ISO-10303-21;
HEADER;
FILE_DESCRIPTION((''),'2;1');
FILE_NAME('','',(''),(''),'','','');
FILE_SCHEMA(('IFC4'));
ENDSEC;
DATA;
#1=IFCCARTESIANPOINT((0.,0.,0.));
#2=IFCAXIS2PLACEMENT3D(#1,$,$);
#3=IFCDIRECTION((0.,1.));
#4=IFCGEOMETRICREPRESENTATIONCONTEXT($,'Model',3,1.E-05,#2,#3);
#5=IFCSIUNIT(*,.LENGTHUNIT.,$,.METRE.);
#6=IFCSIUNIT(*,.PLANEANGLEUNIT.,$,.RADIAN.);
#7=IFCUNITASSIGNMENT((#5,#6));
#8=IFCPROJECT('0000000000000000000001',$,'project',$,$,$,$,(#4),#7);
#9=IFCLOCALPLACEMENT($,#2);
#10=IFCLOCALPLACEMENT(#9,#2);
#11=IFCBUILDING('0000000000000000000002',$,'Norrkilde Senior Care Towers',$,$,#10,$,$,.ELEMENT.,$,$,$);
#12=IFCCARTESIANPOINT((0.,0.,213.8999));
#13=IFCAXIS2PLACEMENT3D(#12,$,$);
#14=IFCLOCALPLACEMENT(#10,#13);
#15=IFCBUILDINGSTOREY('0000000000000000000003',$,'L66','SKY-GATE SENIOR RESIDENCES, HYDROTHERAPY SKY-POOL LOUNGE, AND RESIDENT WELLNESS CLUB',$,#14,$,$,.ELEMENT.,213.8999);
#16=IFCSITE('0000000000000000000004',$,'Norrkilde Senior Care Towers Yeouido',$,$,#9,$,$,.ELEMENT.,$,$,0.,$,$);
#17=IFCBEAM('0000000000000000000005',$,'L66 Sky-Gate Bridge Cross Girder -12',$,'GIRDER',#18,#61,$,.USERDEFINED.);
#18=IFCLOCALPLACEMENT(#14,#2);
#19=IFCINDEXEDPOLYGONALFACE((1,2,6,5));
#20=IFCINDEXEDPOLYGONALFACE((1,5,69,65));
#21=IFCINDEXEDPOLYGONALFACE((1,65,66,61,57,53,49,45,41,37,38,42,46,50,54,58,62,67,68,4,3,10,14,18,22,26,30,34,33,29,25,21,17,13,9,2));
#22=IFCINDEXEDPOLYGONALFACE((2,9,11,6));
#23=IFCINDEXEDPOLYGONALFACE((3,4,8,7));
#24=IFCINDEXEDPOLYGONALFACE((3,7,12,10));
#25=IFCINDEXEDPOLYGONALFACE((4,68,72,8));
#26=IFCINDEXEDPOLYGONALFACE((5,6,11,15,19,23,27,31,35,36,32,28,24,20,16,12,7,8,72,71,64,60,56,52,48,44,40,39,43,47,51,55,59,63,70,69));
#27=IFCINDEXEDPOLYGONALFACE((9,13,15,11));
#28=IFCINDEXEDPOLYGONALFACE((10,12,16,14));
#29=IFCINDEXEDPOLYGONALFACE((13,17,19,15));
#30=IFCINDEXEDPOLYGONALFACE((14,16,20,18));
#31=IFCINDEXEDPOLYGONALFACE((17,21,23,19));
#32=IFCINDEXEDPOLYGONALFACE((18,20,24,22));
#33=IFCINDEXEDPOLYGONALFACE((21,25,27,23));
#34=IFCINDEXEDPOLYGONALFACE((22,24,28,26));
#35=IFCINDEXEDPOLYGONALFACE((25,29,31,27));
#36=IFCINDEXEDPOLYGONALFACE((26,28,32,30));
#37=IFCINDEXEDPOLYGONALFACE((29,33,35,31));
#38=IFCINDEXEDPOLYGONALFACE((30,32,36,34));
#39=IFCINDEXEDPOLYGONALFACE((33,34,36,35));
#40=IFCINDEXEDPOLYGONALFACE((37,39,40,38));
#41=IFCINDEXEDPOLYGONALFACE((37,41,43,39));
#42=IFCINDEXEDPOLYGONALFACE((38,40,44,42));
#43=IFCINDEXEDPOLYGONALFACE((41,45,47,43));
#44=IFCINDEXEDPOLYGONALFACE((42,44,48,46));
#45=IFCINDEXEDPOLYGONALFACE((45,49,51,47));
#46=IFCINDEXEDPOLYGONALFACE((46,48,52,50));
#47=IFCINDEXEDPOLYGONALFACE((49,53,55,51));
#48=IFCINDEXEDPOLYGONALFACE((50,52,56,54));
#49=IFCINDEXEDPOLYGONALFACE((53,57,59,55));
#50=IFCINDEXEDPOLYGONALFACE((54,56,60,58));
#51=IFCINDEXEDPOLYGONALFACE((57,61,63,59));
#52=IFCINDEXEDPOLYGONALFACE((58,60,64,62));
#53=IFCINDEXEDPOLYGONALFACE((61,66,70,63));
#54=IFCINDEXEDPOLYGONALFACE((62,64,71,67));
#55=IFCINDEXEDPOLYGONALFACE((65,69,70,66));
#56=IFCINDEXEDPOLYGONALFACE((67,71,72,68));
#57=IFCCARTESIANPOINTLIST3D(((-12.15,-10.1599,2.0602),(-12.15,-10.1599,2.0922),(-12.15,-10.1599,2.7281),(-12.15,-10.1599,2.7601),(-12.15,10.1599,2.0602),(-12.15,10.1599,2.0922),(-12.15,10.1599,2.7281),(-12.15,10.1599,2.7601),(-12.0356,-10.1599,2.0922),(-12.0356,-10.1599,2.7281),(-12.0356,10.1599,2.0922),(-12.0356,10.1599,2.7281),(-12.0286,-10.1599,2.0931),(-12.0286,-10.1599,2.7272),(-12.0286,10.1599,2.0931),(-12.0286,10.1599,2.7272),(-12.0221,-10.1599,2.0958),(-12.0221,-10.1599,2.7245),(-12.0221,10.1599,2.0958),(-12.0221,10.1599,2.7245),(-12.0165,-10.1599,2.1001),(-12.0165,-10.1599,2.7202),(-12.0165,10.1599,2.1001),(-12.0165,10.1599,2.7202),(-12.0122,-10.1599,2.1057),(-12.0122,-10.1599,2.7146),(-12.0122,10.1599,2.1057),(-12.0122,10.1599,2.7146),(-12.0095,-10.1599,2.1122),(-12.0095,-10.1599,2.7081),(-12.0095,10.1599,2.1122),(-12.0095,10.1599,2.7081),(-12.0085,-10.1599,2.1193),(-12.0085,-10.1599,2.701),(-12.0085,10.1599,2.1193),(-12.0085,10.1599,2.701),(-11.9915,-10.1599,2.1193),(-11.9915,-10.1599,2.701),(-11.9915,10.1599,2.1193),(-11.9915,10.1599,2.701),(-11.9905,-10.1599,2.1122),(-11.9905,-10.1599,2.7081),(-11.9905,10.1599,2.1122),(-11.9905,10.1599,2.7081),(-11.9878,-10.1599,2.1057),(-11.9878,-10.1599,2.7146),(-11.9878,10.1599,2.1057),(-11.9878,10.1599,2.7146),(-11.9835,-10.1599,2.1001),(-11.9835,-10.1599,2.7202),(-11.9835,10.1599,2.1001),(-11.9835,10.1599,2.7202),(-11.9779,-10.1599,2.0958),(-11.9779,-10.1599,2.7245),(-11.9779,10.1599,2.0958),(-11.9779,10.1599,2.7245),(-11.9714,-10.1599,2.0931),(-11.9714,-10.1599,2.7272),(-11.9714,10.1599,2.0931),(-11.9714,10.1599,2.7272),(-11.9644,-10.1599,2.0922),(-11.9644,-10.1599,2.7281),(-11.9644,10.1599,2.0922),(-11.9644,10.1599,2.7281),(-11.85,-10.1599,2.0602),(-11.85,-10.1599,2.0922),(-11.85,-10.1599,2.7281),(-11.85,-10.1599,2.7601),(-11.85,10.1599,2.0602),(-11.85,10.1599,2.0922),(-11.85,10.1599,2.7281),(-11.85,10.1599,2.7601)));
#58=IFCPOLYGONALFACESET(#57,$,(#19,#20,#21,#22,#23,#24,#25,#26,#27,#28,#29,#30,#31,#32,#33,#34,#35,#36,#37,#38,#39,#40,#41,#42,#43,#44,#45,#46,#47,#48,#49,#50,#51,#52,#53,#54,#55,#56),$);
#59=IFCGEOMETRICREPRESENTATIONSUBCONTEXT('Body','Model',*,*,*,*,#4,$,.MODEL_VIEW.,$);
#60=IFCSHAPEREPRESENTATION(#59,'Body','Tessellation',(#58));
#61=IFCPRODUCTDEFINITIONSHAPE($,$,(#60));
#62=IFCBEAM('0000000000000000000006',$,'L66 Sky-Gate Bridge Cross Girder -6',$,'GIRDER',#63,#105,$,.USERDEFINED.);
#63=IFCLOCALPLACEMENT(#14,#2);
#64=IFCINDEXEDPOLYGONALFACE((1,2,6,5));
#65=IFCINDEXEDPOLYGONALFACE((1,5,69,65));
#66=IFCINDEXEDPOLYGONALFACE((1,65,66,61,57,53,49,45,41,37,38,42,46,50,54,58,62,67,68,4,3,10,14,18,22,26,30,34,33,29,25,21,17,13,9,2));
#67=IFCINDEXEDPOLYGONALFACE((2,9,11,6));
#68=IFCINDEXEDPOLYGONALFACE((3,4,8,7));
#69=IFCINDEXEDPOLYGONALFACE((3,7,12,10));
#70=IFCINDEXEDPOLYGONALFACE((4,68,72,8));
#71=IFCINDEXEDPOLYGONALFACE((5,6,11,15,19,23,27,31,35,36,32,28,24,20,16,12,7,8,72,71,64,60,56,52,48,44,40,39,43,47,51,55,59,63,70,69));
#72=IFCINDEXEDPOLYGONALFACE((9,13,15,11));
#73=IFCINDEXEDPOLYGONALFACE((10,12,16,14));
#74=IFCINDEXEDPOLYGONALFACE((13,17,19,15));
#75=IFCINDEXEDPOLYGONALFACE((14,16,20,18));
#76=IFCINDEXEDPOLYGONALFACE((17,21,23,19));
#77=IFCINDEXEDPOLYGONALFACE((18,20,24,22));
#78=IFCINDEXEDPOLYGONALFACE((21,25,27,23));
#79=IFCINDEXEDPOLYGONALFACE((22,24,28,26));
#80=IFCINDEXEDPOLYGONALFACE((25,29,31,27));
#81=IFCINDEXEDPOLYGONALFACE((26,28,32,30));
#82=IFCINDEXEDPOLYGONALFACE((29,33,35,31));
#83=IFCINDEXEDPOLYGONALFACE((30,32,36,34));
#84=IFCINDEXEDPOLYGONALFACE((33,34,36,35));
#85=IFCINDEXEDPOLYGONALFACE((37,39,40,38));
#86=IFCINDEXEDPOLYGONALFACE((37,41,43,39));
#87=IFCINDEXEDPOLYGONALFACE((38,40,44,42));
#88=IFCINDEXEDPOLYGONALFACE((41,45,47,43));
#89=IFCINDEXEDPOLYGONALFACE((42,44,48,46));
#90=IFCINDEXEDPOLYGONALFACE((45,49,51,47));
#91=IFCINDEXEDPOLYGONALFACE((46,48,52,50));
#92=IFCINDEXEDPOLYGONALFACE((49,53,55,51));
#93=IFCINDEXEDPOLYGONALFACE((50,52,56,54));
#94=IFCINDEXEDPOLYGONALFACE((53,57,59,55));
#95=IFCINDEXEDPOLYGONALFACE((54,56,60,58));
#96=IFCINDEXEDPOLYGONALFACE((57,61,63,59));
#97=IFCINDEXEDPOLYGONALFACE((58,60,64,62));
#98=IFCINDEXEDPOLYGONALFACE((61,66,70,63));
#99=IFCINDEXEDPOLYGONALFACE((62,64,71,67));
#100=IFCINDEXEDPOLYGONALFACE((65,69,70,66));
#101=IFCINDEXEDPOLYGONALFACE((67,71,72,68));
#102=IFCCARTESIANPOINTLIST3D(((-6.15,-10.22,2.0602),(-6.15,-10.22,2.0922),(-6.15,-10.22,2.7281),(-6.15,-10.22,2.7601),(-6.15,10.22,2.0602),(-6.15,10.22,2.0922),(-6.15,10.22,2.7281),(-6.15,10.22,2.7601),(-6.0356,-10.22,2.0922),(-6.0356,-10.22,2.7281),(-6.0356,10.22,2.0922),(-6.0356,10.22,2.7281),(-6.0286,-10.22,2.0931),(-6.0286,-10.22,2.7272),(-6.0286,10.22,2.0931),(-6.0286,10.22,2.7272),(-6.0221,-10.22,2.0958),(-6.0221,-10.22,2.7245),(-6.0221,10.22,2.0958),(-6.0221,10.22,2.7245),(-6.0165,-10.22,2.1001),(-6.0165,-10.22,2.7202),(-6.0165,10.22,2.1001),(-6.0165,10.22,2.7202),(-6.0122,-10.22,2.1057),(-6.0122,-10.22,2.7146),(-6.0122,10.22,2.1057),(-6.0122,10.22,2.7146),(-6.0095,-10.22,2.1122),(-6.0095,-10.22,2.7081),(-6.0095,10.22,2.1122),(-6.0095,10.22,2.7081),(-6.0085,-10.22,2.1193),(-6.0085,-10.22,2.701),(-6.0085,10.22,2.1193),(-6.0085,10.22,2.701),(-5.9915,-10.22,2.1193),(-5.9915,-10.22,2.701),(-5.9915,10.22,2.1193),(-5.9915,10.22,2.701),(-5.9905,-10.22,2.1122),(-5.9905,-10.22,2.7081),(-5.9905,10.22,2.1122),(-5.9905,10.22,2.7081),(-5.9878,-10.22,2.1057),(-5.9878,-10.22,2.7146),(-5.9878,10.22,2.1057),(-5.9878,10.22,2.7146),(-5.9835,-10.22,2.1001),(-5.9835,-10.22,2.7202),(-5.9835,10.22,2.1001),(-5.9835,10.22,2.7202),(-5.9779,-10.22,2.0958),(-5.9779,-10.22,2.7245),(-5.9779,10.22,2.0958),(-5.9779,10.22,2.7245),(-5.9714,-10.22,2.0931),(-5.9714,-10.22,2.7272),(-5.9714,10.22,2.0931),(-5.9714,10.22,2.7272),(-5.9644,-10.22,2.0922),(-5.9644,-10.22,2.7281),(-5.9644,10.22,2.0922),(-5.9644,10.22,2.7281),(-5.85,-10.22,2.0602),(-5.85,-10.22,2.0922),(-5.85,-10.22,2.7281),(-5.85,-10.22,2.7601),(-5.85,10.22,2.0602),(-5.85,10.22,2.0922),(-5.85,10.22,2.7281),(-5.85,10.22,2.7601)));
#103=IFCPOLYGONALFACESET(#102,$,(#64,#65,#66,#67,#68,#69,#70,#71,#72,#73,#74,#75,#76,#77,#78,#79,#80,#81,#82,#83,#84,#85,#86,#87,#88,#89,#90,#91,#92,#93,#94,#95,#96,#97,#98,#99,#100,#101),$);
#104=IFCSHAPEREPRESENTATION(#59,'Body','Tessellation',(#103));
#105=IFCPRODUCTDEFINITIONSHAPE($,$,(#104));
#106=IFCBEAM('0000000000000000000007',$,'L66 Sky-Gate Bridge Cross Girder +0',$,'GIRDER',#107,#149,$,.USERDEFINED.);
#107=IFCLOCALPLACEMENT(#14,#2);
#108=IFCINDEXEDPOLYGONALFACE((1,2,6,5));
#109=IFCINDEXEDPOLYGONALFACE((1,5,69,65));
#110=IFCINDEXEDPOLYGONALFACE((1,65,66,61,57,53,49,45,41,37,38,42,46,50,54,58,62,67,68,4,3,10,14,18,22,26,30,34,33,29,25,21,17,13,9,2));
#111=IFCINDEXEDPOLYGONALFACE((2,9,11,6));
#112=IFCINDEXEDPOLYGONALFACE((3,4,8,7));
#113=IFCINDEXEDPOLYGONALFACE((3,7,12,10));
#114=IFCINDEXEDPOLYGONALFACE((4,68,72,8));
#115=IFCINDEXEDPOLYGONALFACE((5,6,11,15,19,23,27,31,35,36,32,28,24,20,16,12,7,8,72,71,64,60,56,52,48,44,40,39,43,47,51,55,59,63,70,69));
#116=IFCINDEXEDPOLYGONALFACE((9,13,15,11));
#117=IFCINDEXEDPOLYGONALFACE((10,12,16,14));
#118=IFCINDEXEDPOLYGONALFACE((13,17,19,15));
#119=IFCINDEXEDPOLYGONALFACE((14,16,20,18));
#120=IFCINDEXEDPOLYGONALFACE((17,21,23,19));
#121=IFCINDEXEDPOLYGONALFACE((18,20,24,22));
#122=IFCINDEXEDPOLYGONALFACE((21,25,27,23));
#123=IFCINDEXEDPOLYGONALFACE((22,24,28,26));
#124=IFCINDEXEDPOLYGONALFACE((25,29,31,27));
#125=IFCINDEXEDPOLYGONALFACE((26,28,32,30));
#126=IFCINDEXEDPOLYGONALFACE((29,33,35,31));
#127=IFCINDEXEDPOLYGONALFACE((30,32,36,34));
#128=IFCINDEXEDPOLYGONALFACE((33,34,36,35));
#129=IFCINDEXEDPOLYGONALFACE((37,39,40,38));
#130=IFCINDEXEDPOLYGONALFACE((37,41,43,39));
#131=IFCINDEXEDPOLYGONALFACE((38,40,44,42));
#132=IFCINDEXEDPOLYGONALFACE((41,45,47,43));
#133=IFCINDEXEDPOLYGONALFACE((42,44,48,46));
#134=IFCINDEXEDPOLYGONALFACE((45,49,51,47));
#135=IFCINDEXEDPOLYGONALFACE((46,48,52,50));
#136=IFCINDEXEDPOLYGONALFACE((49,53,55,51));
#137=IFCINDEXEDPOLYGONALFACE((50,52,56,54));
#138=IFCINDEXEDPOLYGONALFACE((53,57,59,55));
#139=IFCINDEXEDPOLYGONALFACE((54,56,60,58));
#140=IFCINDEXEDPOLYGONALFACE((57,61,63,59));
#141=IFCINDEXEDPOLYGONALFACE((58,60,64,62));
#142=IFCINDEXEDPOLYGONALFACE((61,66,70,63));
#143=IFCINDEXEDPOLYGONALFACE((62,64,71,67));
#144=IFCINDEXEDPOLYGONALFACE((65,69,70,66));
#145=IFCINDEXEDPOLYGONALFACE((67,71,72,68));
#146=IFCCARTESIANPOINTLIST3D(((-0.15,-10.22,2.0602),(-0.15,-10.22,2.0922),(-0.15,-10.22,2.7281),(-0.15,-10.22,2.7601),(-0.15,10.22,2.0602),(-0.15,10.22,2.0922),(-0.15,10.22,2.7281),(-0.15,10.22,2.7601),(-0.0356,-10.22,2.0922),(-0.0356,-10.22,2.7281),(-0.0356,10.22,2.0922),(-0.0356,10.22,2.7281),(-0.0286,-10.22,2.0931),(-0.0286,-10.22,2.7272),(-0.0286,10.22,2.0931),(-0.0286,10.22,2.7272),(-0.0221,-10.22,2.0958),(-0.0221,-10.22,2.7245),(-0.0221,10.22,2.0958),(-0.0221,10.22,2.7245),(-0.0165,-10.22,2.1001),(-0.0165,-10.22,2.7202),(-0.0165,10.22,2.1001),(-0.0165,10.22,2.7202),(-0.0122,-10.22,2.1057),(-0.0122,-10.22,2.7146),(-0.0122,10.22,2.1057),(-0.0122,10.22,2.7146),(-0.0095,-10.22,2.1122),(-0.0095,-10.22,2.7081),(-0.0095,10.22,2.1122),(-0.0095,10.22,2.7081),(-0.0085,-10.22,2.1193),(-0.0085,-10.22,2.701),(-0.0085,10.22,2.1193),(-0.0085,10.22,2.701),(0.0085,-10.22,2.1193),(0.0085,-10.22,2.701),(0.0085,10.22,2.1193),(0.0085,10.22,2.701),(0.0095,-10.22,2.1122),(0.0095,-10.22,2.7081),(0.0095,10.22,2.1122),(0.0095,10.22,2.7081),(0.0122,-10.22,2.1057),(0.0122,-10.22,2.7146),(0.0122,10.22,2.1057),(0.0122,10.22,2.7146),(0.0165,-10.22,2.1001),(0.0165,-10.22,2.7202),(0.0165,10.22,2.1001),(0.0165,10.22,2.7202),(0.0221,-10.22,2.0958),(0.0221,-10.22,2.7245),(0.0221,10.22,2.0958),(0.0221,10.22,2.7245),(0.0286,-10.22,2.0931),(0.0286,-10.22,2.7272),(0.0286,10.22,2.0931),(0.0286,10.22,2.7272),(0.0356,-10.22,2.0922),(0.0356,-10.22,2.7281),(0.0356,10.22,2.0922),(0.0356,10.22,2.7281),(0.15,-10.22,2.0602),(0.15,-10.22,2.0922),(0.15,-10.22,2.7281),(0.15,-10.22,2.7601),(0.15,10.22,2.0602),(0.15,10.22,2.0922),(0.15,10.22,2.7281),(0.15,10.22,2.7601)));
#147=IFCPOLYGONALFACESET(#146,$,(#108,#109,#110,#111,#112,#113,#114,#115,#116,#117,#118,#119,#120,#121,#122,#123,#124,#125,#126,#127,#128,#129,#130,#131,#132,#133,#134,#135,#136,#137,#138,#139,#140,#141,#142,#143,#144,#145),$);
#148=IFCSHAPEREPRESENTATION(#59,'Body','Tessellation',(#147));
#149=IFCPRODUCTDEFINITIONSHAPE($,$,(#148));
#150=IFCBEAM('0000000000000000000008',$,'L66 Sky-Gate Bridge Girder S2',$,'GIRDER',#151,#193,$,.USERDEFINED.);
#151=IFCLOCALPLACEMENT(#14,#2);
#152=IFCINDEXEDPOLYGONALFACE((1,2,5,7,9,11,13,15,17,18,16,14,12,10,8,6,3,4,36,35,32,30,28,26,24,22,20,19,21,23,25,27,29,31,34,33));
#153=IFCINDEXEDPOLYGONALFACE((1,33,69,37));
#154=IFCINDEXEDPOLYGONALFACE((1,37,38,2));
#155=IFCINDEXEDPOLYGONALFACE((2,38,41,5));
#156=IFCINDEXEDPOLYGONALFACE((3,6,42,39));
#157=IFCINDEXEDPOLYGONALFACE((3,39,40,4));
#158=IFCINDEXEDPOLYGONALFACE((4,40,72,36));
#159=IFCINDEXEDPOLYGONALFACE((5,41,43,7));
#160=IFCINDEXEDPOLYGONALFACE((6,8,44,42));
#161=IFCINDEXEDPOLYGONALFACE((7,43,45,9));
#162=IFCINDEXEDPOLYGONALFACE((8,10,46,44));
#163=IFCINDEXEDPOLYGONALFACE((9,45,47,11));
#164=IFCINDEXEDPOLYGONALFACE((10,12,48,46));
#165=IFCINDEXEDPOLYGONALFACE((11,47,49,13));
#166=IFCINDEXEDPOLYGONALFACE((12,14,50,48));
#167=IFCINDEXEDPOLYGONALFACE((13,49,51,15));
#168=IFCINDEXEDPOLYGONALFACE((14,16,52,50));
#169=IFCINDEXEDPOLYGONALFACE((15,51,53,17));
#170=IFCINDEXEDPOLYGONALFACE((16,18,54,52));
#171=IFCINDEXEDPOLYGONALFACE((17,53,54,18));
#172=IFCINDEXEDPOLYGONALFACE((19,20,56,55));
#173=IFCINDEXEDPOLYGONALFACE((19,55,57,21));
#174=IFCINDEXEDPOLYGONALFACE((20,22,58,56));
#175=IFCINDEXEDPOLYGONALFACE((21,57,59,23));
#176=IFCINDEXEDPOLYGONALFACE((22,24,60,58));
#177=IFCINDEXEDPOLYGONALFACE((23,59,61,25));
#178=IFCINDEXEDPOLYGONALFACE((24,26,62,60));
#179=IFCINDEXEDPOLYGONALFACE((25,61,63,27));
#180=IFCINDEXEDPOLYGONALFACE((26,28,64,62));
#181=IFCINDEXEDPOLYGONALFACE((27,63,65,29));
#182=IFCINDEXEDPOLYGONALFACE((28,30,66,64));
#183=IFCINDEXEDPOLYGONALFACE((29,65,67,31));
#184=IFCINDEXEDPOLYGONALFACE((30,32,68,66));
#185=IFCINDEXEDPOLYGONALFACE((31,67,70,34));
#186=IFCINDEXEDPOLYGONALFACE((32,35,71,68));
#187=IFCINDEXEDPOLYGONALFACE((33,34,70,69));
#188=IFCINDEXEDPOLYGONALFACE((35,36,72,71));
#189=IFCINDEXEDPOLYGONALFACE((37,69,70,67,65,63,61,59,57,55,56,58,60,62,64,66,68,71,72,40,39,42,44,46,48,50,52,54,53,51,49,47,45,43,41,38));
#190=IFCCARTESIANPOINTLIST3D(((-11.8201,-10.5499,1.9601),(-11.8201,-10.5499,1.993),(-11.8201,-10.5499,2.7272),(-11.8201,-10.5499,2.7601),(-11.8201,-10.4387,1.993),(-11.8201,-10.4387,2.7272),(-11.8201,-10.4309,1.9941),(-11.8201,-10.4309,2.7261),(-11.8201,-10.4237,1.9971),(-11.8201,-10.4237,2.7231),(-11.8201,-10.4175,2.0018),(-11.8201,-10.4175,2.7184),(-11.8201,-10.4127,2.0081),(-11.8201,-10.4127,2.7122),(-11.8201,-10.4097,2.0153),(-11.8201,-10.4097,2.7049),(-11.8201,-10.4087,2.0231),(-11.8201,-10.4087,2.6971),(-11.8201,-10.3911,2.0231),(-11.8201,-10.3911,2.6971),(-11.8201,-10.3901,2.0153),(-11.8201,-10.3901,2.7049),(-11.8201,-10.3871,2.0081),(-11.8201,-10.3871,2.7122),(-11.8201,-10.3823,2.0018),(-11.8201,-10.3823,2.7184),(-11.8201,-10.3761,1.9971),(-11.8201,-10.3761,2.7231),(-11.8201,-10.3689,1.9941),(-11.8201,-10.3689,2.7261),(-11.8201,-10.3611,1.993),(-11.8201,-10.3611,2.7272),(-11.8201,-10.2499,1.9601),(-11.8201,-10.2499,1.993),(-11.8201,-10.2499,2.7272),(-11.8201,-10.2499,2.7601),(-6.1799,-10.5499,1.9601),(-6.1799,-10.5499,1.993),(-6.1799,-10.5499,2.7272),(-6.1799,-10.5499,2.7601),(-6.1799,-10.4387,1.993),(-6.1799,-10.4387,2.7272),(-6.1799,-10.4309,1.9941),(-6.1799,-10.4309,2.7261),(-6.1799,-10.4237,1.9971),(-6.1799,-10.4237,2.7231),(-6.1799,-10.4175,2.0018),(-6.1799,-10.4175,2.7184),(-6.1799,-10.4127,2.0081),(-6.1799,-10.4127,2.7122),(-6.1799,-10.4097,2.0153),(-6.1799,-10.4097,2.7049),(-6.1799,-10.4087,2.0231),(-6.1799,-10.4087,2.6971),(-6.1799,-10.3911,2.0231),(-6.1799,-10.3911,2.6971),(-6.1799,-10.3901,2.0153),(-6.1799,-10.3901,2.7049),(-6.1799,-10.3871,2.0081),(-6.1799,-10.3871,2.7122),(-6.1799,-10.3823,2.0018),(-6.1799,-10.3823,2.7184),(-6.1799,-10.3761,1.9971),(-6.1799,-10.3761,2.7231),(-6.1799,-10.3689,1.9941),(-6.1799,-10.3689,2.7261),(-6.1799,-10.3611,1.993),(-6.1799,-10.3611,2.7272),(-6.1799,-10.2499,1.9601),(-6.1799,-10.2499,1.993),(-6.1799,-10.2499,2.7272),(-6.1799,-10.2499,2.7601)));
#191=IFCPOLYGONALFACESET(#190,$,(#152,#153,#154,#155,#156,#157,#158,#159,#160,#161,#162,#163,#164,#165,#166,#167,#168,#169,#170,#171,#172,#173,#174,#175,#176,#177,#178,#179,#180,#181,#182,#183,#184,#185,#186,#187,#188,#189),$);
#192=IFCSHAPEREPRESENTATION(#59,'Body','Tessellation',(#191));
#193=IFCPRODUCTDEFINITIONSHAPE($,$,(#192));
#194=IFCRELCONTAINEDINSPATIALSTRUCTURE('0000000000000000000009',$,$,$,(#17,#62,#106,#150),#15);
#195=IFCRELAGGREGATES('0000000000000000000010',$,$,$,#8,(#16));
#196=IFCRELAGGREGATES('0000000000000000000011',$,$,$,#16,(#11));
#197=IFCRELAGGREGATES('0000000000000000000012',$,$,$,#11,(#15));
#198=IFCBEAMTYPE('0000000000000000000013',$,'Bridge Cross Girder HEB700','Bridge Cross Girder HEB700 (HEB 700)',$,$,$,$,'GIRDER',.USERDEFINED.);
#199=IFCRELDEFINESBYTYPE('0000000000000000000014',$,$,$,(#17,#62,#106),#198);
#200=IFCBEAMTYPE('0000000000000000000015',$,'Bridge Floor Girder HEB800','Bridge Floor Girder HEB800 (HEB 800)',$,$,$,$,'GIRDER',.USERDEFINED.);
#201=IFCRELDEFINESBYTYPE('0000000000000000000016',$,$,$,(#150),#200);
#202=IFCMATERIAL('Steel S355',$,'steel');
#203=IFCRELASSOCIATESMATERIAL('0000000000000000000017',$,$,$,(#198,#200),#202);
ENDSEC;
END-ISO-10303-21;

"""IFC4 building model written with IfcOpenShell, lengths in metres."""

from ifc_helpers import new_model, si_unit, direction, frame, origin, origin_2d, place, context, subcontext, project, spatial, i_section, extrude, source, transform, mapped, material, material_profile, profile_set, type_object, type_shapes, element, save


model = new_model("IFC4")

# Units and contexts
model_context = context("Model", 3, precision=1e-05, world=origin(), true_north=direction((0.0, 1.0)))
body_context = subcontext(model_context, "Body", "Model", "MODEL_VIEW")
ifc_project = project(units=[si_unit("LENGTHUNIT", "METRE"), si_unit("PLANEANGLEUNIT", "RADIAN")], contexts=[model_context])

# Site, building, storey
site_placement = place(None, origin())
site = spatial("IfcSite", under=ifc_project, at=site_placement, Name="Norrkilde Senior Care Towers Yeouido", CompositionType="ELEMENT", RefElevation=0.0)
building_placement = place(site_placement, origin())
building = spatial("IfcBuilding", under=site, at=building_placement, Name="Norrkilde Senior Care Towers", CompositionType="ELEMENT")
storey_placement = place(building_placement, frame((0.0, 0.0, 213.8999)))
storey = spatial("IfcBuildingStorey", under=building, at=storey_placement, Name="L66", Description="SKY-GATE SENIOR RESIDENCES, HYDROTHERAPY SKY-POOL LOUNGE, AND RESIDENT WELLNESS CLUB", CompositionType="ELEMENT", Elevation=213.8999)

# Shared definitions
ifc_material_1 = material(Name="Steel S355", Category="steel")

# Beams
ifc_material_profile_1 = material_profile(ifc_material_1, i_section(OverallWidth=0.3, OverallDepth=0.7, WebThickness=0.0171, FlangeThickness=0.032, FilletRadius=0.0271, at=origin_2d()), Name="HEB 700")
ifc_profile_set_1 = profile_set([ifc_material_profile_1], Name="Steel S355")
beam_type_1 = type_object("IfcBeamType", Name="Bridge Cross Girder HEB700", Description="Bridge Cross Girder HEB700 (HEB 700)", ElementType="GIRDER", PredefinedType="USERDEFINED", material=ifc_profile_set_1)
shared_shape_1 = source(origin(), body_context, "Body", "SweptSolid", [
    extrude(i_section(OverallWidth=0.3, OverallDepth=0.7, WebThickness=0.0171, FlangeThickness=0.032, FilletRadius=0.0271, at=origin_2d()), origin(), (0.0, 0.0, 1.0), 20.3198),
])
beam_1_placement = place(storey_placement, frame((-12.0, -10.1599, 2.4102), z_axis=(0.0, 1.0, 0.0), x_axis=(-1.0, 0.0, 0.0)))
element("IfcBeam", 1, at=beam_1_placement, inside=storey, type_object=beam_type_1, Name="L66 Sky-Gate Bridge Cross Girder -12", ObjectType="GIRDER", PredefinedType="USERDEFINED", context=body_context, shape_type="MappedRepresentation", body=[
    mapped(shared_shape_1, transform((0.0, 0.0, 0.0), x_axis=(1.0, 0.0, 0.0), y_axis=(0.0, 1.0, 0.0), z_axis=(0.0, 0.0, 1.0), scale=1.0)),
])
shared_shape_2 = source(origin(), body_context, "Body", "SweptSolid", [
    extrude(i_section(OverallWidth=0.3, OverallDepth=0.7, WebThickness=0.0171, FlangeThickness=0.032, FilletRadius=0.0271, at=origin_2d()), origin(), (0.0, 0.0, 1.0), 20.4399),
])
type_shapes(beam_type_1, [shared_shape_1, shared_shape_2])
for number, where, z_axis, x_axis, name in (
    (2, (-6.0, -10.22, 2.4102), (0.0, 1.0, 0.0), (-1.0, 0.0, 0.0), "L66 Sky-Gate Bridge Cross Girder -6"),
    (3, (0.0, -10.22, 2.4102), (0.0, 1.0, 0.0), (-1.0, 0.0, 0.0), "L66 Sky-Gate Bridge Cross Girder +0"),
):
    element("IfcBeam", number, at=place(storey_placement, frame(where, z_axis=z_axis, x_axis=x_axis)), inside=storey, type_object=beam_type_1, Name=name, ObjectType="GIRDER", PredefinedType="USERDEFINED", context=body_context, shape_type="MappedRepresentation", body=[
        mapped(shared_shape_2, transform((0.0, 0.0, 0.0), x_axis=(1.0, 0.0, 0.0), y_axis=(0.0, 1.0, 0.0), z_axis=(0.0, 0.0, 1.0), scale=1.0)),
    ])
ifc_material_profile_2 = material_profile(ifc_material_1, i_section(OverallWidth=0.3, OverallDepth=0.8, WebThickness=0.0176, FlangeThickness=0.033, FilletRadius=0.03, at=origin_2d()), Name="HEB 800")
ifc_profile_set_2 = profile_set([ifc_material_profile_2], Name="Steel S355")
beam_type_2 = type_object("IfcBeamType", Name="Bridge Floor Girder HEB800", Description="Bridge Floor Girder HEB800 (HEB 800)", ElementType="GIRDER", PredefinedType="USERDEFINED", material=ifc_profile_set_2)
shared_shape_3 = source(origin(), body_context, "Body", "SweptSolid", [
    extrude(i_section(OverallWidth=0.3, OverallDepth=0.8, WebThickness=0.0176, FlangeThickness=0.033, FilletRadius=0.03, at=origin_2d()), origin(), (0.0, 0.0, 1.0), 5.6401),
])
type_shapes(beam_type_2, [shared_shape_3])
for number, where, z_axis, x_axis, name in (
    (4, (-11.8201, -10.3999, 2.3601), (1.0, 0.0, 0.0), (0.0, 1.0, 0.0), "L66 Sky-Gate Bridge Girder S2"),
):
    element("IfcBeam", number, at=place(storey_placement, frame(where, z_axis=z_axis, x_axis=x_axis)), inside=storey, type_object=beam_type_2, Name=name, ObjectType="GIRDER", PredefinedType="USERDEFINED", context=body_context, shape_type="MappedRepresentation", body=[
        mapped(shared_shape_3, transform((0.0, 0.0, 0.0), x_axis=(1.0, 0.0, 0.0), y_axis=(0.0, 1.0, 0.0), z_axis=(0.0, 0.0, 1.0), scale=1.0)),
    ])

save(model, "model.ifc")
